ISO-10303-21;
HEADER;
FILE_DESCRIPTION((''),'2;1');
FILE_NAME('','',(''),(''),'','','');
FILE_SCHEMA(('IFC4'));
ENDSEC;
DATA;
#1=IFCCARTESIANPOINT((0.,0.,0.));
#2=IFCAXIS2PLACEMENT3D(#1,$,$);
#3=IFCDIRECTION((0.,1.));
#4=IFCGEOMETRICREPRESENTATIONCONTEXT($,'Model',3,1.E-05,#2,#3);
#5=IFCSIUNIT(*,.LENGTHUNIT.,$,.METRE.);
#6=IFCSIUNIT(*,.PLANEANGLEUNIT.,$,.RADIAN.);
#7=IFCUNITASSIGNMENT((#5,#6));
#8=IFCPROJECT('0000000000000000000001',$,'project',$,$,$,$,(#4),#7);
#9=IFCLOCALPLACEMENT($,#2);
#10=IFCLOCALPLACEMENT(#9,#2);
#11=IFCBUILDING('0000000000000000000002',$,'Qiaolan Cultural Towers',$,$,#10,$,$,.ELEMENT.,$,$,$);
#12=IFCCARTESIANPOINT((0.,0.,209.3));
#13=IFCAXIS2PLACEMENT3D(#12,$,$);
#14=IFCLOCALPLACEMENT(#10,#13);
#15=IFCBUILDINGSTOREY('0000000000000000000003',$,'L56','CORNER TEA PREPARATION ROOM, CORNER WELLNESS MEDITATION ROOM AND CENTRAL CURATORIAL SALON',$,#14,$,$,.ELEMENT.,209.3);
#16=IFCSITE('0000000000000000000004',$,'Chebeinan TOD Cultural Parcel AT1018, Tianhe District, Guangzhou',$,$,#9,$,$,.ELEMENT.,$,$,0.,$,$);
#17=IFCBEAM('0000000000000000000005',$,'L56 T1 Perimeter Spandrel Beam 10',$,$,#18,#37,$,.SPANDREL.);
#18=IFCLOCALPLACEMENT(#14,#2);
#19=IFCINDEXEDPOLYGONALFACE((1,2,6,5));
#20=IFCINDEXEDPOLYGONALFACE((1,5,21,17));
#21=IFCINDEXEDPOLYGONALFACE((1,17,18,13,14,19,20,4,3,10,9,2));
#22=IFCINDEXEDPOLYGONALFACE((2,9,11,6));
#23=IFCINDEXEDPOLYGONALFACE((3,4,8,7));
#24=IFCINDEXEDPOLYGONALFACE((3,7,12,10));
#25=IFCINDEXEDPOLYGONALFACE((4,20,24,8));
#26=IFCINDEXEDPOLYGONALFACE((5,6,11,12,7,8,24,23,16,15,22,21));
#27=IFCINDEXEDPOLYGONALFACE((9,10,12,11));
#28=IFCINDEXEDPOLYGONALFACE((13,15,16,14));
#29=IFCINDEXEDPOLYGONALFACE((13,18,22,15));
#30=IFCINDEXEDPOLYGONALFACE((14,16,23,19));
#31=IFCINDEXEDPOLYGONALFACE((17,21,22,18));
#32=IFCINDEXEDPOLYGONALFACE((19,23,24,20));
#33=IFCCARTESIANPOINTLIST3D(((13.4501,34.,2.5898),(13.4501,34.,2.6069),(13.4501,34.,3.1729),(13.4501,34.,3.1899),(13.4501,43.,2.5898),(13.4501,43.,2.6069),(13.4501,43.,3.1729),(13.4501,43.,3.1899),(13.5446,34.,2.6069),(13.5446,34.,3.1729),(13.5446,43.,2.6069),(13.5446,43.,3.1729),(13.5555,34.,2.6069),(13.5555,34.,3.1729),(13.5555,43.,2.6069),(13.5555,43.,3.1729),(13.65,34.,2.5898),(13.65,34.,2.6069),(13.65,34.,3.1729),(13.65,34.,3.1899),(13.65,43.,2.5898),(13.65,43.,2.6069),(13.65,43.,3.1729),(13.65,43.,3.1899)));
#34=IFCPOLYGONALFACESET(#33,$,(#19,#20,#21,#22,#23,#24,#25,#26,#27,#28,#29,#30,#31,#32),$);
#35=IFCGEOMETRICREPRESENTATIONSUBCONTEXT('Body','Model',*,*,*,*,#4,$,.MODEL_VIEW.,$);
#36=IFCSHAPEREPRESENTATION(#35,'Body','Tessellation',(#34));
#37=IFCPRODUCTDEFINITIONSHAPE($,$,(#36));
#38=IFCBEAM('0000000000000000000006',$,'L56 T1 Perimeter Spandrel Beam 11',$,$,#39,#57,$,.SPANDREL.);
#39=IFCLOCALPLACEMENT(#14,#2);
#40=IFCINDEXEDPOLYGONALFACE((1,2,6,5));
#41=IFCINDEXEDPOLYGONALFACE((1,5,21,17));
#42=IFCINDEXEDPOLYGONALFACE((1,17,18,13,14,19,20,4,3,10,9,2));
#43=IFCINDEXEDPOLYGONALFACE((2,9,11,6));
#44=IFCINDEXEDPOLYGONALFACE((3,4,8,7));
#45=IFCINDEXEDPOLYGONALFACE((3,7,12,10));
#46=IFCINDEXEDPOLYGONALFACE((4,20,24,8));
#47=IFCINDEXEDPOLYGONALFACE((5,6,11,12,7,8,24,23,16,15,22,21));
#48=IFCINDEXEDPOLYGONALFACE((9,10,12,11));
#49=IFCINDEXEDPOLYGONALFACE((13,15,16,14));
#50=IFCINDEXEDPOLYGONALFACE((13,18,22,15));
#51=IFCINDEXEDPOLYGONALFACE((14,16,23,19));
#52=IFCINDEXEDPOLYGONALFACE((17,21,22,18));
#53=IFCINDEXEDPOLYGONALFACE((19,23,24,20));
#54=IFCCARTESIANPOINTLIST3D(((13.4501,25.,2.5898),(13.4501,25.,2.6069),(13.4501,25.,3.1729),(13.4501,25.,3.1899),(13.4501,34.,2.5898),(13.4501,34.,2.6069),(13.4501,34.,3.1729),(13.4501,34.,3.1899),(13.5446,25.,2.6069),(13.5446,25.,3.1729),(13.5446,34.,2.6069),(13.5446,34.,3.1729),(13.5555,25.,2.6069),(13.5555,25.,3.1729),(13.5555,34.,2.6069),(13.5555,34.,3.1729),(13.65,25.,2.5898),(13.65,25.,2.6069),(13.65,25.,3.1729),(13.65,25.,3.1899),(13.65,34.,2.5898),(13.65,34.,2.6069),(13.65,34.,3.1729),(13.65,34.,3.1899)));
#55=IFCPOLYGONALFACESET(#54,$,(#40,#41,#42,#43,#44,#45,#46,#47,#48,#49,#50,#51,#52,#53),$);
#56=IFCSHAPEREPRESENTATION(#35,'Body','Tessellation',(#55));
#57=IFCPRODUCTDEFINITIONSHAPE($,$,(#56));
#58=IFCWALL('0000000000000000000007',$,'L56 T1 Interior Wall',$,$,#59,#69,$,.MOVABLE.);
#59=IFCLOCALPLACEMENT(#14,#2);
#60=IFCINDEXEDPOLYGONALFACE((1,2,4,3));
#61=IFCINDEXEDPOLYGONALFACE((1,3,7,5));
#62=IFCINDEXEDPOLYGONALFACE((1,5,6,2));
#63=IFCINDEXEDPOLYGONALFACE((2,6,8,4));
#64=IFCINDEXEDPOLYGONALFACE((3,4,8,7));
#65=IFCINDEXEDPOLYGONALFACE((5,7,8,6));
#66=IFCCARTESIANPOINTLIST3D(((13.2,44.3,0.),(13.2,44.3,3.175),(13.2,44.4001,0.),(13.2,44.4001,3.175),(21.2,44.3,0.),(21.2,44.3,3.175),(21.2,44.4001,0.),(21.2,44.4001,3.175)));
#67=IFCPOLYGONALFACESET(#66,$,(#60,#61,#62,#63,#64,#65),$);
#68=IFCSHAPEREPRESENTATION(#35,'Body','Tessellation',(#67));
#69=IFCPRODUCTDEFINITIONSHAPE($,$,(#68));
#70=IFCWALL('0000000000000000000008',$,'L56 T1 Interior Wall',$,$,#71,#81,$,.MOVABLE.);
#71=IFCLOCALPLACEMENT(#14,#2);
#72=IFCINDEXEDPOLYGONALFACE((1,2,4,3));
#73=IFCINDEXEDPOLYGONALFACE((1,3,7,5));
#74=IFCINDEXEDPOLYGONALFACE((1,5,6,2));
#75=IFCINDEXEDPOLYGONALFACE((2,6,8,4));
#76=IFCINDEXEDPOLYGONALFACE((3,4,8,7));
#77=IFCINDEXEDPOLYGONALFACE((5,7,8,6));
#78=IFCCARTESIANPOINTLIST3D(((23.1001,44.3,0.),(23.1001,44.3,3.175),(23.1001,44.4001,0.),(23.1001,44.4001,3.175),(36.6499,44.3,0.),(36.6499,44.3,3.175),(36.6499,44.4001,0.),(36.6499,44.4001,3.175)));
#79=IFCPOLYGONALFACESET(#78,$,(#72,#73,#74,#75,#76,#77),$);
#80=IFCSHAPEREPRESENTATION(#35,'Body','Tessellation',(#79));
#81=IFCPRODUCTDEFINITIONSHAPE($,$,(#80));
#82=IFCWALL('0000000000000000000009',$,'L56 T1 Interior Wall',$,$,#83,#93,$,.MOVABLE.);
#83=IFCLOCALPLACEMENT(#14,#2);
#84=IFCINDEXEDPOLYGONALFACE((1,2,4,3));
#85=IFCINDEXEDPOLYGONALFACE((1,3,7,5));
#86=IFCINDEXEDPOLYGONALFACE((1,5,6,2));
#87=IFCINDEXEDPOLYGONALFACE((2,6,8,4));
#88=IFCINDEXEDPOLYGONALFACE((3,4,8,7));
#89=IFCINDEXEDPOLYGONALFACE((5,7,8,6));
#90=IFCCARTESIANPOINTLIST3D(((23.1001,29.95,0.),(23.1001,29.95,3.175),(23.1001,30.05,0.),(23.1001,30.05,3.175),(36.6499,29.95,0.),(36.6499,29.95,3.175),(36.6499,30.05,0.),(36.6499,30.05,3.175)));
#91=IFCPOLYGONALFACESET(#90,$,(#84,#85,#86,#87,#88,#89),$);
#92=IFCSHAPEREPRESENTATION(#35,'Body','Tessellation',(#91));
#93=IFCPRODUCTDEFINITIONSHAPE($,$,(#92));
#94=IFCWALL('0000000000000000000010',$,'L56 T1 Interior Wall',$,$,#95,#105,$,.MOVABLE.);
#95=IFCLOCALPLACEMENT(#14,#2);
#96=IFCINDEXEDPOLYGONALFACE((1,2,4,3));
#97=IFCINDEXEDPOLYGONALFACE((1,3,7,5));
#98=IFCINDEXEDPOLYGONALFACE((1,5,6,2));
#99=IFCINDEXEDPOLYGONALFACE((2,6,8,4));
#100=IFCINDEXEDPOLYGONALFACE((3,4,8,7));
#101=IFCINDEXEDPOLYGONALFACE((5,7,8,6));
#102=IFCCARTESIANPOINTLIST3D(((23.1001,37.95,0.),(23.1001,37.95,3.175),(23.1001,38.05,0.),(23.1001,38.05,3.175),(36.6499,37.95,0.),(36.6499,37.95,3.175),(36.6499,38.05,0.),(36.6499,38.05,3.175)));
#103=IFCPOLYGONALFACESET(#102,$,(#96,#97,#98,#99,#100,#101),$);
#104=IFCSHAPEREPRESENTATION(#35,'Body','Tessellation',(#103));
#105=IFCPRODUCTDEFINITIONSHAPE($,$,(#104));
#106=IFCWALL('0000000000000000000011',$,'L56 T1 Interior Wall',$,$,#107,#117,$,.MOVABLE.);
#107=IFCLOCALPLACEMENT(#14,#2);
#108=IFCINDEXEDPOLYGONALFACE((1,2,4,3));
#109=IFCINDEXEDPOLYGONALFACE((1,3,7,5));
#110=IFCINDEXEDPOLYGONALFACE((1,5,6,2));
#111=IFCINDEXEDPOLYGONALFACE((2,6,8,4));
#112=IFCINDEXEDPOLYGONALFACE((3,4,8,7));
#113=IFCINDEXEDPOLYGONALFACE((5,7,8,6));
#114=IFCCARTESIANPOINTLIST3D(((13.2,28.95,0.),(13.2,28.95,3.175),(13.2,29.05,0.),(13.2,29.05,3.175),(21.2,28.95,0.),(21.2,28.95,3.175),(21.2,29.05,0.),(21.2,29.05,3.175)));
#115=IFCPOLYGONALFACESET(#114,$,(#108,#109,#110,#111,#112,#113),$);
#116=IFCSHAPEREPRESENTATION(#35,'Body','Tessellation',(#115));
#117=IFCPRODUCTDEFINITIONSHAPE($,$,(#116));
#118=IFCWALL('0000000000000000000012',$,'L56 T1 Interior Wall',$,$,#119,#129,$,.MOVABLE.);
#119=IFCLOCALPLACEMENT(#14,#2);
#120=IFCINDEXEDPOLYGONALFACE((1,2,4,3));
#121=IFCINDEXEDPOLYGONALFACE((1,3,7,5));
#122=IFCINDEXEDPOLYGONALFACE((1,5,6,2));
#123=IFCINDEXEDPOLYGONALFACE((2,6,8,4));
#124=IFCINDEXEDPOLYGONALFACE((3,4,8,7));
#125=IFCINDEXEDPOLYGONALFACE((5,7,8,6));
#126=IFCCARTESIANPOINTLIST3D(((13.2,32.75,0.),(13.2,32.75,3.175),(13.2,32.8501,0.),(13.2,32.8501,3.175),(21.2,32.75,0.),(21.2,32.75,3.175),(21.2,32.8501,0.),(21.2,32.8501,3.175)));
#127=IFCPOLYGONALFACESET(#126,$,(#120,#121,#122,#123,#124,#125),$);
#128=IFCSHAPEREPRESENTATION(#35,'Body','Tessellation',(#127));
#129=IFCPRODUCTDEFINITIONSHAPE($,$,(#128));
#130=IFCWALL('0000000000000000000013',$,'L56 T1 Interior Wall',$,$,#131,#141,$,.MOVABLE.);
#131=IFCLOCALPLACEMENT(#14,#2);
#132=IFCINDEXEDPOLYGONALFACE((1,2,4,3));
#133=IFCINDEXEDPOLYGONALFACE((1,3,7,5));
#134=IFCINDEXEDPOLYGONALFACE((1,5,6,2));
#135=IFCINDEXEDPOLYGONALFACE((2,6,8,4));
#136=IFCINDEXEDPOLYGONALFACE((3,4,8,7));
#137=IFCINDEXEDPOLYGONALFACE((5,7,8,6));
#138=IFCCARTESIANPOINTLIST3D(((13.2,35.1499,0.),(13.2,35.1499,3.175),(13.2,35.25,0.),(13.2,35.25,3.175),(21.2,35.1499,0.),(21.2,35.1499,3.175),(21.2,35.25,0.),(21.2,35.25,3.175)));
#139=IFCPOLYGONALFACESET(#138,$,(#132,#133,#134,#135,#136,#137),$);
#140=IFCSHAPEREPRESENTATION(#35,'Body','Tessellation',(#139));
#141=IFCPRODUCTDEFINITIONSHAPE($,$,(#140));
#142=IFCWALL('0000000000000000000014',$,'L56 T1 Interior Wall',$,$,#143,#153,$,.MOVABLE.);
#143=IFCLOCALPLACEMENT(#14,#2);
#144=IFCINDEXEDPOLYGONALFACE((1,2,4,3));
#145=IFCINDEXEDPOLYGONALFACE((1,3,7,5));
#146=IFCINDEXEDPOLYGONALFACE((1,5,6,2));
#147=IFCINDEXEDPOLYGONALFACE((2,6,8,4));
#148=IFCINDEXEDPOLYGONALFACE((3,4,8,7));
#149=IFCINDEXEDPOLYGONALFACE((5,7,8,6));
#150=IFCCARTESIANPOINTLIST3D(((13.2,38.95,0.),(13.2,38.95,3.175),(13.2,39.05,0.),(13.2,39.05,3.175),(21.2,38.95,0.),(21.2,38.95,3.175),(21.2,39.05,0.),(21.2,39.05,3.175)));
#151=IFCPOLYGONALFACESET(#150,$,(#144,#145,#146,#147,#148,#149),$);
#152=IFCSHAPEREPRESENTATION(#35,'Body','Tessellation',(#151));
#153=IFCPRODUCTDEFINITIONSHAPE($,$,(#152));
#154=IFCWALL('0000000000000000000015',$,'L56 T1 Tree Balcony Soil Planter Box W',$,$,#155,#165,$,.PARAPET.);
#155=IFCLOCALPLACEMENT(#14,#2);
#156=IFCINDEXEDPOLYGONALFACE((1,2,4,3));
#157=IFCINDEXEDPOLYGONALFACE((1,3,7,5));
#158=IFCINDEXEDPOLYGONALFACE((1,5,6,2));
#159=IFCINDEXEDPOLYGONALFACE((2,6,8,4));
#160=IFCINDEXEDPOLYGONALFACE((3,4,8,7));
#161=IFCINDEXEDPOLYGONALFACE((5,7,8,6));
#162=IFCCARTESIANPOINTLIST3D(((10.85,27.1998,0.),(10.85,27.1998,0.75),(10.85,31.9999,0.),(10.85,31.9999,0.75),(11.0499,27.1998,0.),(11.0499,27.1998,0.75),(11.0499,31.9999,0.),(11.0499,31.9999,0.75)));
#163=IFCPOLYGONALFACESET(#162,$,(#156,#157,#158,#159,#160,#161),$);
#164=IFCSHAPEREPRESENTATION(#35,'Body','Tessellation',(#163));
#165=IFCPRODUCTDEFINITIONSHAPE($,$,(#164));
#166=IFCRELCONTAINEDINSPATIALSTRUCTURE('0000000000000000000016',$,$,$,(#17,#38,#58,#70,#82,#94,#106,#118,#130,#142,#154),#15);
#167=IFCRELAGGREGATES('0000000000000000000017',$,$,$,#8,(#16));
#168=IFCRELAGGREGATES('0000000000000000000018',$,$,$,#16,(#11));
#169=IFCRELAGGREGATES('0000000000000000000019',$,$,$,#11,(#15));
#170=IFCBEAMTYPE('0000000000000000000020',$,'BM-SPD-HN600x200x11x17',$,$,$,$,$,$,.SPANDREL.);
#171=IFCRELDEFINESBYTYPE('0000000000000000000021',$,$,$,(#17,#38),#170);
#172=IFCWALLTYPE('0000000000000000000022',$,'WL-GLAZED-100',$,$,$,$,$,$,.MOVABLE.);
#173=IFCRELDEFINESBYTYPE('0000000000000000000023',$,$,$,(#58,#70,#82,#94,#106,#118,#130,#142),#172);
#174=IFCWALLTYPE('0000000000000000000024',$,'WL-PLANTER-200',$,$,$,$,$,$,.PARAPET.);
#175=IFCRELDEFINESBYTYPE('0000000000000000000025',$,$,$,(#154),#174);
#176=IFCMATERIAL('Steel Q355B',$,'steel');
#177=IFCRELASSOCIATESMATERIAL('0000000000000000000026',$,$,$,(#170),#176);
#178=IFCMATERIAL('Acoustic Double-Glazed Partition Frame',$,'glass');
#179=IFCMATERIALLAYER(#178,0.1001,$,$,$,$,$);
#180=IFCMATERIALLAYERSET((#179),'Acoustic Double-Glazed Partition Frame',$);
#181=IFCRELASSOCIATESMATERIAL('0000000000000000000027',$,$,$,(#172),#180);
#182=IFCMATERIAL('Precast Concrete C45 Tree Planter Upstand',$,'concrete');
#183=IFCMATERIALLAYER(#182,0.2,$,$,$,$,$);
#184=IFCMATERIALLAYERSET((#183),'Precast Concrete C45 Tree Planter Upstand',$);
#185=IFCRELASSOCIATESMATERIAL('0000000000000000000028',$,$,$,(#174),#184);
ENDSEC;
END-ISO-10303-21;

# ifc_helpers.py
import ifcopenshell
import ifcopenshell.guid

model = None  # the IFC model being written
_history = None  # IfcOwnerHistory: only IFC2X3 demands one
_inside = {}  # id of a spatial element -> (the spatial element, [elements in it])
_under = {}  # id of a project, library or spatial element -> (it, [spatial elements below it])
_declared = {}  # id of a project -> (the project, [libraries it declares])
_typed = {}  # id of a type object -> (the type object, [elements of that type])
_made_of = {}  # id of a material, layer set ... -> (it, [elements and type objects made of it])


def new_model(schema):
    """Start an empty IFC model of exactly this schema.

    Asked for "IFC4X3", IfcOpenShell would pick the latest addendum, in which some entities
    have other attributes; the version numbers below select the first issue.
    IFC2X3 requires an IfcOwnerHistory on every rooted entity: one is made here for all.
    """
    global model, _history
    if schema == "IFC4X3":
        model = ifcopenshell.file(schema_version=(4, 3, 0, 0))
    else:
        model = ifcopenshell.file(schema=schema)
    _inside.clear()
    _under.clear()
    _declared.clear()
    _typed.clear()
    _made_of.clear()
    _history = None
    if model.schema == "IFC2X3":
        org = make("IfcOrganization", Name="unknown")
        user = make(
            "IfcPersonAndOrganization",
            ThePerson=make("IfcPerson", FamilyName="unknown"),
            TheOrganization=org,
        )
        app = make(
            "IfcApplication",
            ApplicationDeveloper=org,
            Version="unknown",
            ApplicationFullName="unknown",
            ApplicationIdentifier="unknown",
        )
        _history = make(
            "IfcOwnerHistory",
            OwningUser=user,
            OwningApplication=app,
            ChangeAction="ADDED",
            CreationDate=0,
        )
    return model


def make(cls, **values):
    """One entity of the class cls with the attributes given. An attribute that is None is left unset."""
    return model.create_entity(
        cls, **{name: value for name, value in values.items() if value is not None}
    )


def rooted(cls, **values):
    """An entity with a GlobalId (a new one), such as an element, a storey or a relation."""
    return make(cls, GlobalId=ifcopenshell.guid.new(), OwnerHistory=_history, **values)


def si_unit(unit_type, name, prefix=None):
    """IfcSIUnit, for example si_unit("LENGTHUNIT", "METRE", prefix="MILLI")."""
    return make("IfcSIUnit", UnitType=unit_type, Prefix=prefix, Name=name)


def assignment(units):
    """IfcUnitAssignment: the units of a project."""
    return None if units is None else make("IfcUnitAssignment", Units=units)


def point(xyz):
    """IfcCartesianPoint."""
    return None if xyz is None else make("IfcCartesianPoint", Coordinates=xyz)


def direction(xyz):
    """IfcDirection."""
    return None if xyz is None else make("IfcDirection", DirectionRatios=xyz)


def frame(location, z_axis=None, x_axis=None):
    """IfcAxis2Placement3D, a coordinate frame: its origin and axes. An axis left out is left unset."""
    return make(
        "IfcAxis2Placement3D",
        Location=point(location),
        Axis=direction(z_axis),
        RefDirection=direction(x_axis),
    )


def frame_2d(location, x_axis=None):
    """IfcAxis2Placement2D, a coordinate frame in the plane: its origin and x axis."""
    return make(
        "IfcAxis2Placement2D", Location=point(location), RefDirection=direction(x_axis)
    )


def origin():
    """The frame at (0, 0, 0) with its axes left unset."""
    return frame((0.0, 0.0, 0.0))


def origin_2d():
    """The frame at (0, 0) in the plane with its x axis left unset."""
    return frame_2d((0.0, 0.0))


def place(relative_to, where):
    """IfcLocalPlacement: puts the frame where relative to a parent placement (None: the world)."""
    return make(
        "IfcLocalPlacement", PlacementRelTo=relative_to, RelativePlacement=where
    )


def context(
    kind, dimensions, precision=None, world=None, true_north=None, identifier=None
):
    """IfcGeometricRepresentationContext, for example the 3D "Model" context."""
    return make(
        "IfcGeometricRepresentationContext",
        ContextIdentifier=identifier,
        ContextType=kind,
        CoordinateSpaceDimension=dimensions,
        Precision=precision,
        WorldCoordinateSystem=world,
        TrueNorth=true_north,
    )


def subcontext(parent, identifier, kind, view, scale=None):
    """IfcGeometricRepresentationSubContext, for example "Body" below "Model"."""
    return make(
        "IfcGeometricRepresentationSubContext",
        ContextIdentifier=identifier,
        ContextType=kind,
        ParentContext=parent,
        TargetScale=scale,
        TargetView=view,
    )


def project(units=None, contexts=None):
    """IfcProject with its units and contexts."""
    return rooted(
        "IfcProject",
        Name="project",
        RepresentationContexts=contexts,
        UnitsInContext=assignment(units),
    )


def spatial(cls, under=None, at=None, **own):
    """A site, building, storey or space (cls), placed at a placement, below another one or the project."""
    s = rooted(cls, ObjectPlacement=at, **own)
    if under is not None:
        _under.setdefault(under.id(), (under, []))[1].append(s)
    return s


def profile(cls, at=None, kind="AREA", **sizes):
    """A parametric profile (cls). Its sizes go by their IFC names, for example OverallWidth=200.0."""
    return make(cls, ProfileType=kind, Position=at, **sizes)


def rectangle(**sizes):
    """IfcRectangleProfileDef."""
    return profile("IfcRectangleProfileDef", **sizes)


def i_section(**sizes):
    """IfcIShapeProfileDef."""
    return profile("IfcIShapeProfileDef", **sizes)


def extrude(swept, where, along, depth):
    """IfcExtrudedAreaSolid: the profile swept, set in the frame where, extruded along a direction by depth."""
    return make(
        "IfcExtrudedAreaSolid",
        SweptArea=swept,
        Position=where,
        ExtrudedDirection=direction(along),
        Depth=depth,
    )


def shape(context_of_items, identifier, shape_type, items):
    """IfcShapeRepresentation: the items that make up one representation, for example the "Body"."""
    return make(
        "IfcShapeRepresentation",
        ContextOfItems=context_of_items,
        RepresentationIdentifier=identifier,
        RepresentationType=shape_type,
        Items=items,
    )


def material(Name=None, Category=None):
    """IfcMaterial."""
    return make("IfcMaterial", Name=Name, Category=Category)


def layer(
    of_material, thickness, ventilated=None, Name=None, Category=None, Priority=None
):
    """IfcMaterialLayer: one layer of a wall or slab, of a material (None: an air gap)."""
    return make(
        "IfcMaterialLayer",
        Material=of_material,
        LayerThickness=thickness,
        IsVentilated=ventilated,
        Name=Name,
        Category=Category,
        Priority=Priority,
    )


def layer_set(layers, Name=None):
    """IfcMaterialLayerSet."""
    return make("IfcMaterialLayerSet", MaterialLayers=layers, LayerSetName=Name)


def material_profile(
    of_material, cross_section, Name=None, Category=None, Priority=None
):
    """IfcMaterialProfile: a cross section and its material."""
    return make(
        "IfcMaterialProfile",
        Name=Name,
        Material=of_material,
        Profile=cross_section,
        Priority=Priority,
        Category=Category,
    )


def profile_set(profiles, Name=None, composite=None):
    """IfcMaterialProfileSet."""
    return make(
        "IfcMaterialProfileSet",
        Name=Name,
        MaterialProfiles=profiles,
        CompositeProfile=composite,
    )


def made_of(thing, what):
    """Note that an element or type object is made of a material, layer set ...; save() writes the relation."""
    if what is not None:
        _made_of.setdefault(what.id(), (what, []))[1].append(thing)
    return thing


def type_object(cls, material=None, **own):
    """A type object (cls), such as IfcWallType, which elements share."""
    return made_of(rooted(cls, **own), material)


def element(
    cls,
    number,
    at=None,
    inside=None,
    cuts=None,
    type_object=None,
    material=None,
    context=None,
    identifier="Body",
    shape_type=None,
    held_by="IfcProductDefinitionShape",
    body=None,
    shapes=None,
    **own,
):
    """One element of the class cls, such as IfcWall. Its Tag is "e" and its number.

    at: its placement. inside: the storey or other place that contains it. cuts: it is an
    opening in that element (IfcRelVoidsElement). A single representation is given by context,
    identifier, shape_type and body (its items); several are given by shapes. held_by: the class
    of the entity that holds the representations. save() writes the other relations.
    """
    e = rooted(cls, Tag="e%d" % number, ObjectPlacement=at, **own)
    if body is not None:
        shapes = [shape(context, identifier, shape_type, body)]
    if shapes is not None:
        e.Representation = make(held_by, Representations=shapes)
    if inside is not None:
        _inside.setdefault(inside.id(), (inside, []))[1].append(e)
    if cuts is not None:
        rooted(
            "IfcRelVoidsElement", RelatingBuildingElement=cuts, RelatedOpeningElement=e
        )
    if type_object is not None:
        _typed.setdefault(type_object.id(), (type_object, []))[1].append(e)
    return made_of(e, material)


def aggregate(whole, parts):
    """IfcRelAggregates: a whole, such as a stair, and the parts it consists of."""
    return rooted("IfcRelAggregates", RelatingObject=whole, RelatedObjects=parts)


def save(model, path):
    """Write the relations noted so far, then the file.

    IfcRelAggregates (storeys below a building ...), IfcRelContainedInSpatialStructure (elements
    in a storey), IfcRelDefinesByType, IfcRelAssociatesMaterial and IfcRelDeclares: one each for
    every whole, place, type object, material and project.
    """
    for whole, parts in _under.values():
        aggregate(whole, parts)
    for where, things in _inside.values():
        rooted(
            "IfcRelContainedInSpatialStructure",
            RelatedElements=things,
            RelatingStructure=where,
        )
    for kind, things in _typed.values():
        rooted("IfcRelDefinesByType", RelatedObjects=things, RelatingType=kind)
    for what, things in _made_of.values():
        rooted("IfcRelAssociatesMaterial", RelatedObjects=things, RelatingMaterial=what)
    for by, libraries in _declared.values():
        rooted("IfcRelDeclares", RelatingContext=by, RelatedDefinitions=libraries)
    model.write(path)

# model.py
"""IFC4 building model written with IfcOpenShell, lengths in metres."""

from ifc_helpers import new_model, si_unit, direction, frame, frame_2d, origin, origin_2d, place, context, subcontext, project, spatial, rectangle, i_section, extrude, material, layer, layer_set, material_profile, profile_set, type_object, element, save


model = new_model("IFC4")

# Units and contexts
model_context = context("Model", 3, precision=1e-05, world=origin(), true_north=direction((0.0, 1.0)))
body_context = subcontext(model_context, "Body", "Model", "MODEL_VIEW")
ifc_project = project(units=[si_unit("LENGTHUNIT", "METRE"), si_unit("PLANEANGLEUNIT", "RADIAN")], contexts=[model_context])

# Site, building, storey
site_placement = place(None, origin())
site = spatial("IfcSite", under=ifc_project, at=site_placement, Name="Chebeinan TOD Cultural Parcel AT1018, Tianhe District, Guangzhou", CompositionType="ELEMENT", RefElevation=0.0)
building_placement = place(site_placement, origin())
building = spatial("IfcBuilding", under=site, at=building_placement, Name="Qiaolan Cultural Towers", CompositionType="ELEMENT")
storey_placement = place(building_placement, frame((0.0, 0.0, 209.3)))
storey = spatial("IfcBuildingStorey", under=building, at=storey_placement, Name="L56", Description="CORNER TEA PREPARATION ROOM, CORNER WELLNESS MEDITATION ROOM AND CENTRAL CURATORIAL SALON", CompositionType="ELEMENT", Elevation=209.3)

# Beams
ifc_material_1 = material(Name="Steel Q355B", Category="steel")
ifc_material_profile_1 = material_profile(ifc_material_1, i_section(OverallWidth=0.2, OverallDepth=0.6001, WebThickness=0.011, FlangeThickness=0.0171, at=origin_2d()), Name="HN600x200x11x17")
ifc_profile_set_1 = profile_set([ifc_material_profile_1], Name="Steel Q355B")
beam_type_1 = type_object("IfcBeamType", Name="BM-SPD-HN600x200x11x17", PredefinedType="SPANDREL", material=ifc_profile_set_1)
for number, where, z_axis, x_axis, name in (
    (1, (13.55, 43.0, 2.8899), (0.0, -1.0, 0.0), (1.0, 0.0, 0.0), "L56 T1 Perimeter Spandrel Beam 10"),
    (2, (13.55, 34.0, 2.8899), (0.0, -1.0, 0.0), (1.0, 0.0, 0.0), "L56 T1 Perimeter Spandrel Beam 11"),
):
    element("IfcBeam", number, at=place(storey_placement, frame(where, z_axis=z_axis, x_axis=x_axis)), inside=storey, type_object=beam_type_1, Name=name, PredefinedType="SPANDREL", context=body_context, shape_type="SweptSolid", body=[
        extrude(i_section(OverallWidth=0.2, OverallDepth=0.6001, WebThickness=0.011, FlangeThickness=0.0171, at=origin_2d()), origin(), (0.0, 0.0, 1.0), 9.0),
    ])

# Walls
ifc_material_2 = material(Name="Acoustic Double-Glazed Partition Frame", Category="glass")
ifc_layer_1 = layer(ifc_material_2, 0.1001)
ifc_layer_set_1 = layer_set([ifc_layer_1], Name="Acoustic Double-Glazed Partition Frame")
wall_type_1 = type_object("IfcWallType", Name="WL-GLAZED-100", PredefinedType="MOVABLE", material=ifc_layer_set_1)
wall_1_placement = place(storey_placement, frame((13.2, 44.3501, 0.0), z_axis=(0.0, 0.0, 1.0), x_axis=(1.0, 0.0, 0.0)))
element("IfcWall", 3, at=wall_1_placement, inside=storey, type_object=wall_type_1, Name="L56 T1 Interior Wall", PredefinedType="MOVABLE", context=body_context, shape_type="SweptSolid", body=[
    extrude(rectangle(XDim=8.0, YDim=0.1001, at=frame_2d((4.0, 0.0))), origin(), (0.0, 0.0, 1.0), 3.175),
])
for number, where, z_axis, x_axis, name in (
    (4, (23.1001, 44.3501, 0.0), (0.0, 0.0, 1.0), (1.0, 0.0, 0.0), "L56 T1 Interior Wall"),
    (5, (23.1001, 30.0, 0.0), (0.0, 0.0, 1.0), (1.0, 0.0, 0.0), "L56 T1 Interior Wall"),
    (6, (23.1001, 38.0, 0.0), (0.0, 0.0, 1.0), (1.0, 0.0, 0.0), "L56 T1 Interior Wall"),
):
    element("IfcWall", number, at=place(storey_placement, frame(where, z_axis=z_axis, x_axis=x_axis)), inside=storey, type_object=wall_type_1, Name=name, PredefinedType="MOVABLE", context=body_context, shape_type="SweptSolid", body=[
        extrude(rectangle(XDim=13.5498, YDim=0.1001, at=frame_2d((6.7749, 0.0))), origin(), (0.0, 0.0, 1.0), 3.175),
    ])
for number, where, z_axis, x_axis, name in (
    (7, (13.2, 29.0, 0.0), (0.0, 0.0, 1.0), (1.0, 0.0, 0.0), "L56 T1 Interior Wall"),
    (8, (13.2, 32.8, 0.0), (0.0, 0.0, 1.0), (1.0, 0.0, 0.0), "L56 T1 Interior Wall"),
    (9, (13.2, 35.2, 0.0), (0.0, 0.0, 1.0), (1.0, 0.0, 0.0), "L56 T1 Interior Wall"),
    (10, (13.2, 39.0, 0.0), (0.0, 0.0, 1.0), (1.0, 0.0, 0.0), "L56 T1 Interior Wall"),
):
    element("IfcWall", number, at=place(storey_placement, frame(where, z_axis=z_axis, x_axis=x_axis)), inside=storey, type_object=wall_type_1, Name=name, PredefinedType="MOVABLE", context=body_context, shape_type="SweptSolid", body=[
        extrude(rectangle(XDim=8.0, YDim=0.1001, at=frame_2d((4.0, 0.0))), origin(), (0.0, 0.0, 1.0), 3.175),
    ])
ifc_material_3 = material(Name="Precast Concrete C45 Tree Planter Upstand", Category="concrete")
ifc_layer_2 = layer(ifc_material_3, 0.2)
ifc_layer_set_2 = layer_set([ifc_layer_2], Name="Precast Concrete C45 Tree Planter Upstand")
wall_type_2 = type_object("IfcWallType", Name="WL-PLANTER-200", PredefinedType="PARAPET", material=ifc_layer_set_2)
wall_2_placement = place(storey_placement, frame((10.95, 27.2, 0.0), z_axis=(0.0, 0.0, 1.0), x_axis=(0.0, 1.0, 0.0)))
element("IfcWall", 11, at=wall_2_placement, inside=storey, type_object=wall_type_2, Name="L56 T1 Tree Balcony Soil Planter Box W", PredefinedType="PARAPET", context=body_context, shape_type="SweptSolid", body=[
    extrude(rectangle(XDim=4.8, YDim=0.2, at=frame_2d((2.3999, 0.0))), origin(), (0.0, 0.0, 1.0), 0.75),
])

save(model, "model.ifc")
